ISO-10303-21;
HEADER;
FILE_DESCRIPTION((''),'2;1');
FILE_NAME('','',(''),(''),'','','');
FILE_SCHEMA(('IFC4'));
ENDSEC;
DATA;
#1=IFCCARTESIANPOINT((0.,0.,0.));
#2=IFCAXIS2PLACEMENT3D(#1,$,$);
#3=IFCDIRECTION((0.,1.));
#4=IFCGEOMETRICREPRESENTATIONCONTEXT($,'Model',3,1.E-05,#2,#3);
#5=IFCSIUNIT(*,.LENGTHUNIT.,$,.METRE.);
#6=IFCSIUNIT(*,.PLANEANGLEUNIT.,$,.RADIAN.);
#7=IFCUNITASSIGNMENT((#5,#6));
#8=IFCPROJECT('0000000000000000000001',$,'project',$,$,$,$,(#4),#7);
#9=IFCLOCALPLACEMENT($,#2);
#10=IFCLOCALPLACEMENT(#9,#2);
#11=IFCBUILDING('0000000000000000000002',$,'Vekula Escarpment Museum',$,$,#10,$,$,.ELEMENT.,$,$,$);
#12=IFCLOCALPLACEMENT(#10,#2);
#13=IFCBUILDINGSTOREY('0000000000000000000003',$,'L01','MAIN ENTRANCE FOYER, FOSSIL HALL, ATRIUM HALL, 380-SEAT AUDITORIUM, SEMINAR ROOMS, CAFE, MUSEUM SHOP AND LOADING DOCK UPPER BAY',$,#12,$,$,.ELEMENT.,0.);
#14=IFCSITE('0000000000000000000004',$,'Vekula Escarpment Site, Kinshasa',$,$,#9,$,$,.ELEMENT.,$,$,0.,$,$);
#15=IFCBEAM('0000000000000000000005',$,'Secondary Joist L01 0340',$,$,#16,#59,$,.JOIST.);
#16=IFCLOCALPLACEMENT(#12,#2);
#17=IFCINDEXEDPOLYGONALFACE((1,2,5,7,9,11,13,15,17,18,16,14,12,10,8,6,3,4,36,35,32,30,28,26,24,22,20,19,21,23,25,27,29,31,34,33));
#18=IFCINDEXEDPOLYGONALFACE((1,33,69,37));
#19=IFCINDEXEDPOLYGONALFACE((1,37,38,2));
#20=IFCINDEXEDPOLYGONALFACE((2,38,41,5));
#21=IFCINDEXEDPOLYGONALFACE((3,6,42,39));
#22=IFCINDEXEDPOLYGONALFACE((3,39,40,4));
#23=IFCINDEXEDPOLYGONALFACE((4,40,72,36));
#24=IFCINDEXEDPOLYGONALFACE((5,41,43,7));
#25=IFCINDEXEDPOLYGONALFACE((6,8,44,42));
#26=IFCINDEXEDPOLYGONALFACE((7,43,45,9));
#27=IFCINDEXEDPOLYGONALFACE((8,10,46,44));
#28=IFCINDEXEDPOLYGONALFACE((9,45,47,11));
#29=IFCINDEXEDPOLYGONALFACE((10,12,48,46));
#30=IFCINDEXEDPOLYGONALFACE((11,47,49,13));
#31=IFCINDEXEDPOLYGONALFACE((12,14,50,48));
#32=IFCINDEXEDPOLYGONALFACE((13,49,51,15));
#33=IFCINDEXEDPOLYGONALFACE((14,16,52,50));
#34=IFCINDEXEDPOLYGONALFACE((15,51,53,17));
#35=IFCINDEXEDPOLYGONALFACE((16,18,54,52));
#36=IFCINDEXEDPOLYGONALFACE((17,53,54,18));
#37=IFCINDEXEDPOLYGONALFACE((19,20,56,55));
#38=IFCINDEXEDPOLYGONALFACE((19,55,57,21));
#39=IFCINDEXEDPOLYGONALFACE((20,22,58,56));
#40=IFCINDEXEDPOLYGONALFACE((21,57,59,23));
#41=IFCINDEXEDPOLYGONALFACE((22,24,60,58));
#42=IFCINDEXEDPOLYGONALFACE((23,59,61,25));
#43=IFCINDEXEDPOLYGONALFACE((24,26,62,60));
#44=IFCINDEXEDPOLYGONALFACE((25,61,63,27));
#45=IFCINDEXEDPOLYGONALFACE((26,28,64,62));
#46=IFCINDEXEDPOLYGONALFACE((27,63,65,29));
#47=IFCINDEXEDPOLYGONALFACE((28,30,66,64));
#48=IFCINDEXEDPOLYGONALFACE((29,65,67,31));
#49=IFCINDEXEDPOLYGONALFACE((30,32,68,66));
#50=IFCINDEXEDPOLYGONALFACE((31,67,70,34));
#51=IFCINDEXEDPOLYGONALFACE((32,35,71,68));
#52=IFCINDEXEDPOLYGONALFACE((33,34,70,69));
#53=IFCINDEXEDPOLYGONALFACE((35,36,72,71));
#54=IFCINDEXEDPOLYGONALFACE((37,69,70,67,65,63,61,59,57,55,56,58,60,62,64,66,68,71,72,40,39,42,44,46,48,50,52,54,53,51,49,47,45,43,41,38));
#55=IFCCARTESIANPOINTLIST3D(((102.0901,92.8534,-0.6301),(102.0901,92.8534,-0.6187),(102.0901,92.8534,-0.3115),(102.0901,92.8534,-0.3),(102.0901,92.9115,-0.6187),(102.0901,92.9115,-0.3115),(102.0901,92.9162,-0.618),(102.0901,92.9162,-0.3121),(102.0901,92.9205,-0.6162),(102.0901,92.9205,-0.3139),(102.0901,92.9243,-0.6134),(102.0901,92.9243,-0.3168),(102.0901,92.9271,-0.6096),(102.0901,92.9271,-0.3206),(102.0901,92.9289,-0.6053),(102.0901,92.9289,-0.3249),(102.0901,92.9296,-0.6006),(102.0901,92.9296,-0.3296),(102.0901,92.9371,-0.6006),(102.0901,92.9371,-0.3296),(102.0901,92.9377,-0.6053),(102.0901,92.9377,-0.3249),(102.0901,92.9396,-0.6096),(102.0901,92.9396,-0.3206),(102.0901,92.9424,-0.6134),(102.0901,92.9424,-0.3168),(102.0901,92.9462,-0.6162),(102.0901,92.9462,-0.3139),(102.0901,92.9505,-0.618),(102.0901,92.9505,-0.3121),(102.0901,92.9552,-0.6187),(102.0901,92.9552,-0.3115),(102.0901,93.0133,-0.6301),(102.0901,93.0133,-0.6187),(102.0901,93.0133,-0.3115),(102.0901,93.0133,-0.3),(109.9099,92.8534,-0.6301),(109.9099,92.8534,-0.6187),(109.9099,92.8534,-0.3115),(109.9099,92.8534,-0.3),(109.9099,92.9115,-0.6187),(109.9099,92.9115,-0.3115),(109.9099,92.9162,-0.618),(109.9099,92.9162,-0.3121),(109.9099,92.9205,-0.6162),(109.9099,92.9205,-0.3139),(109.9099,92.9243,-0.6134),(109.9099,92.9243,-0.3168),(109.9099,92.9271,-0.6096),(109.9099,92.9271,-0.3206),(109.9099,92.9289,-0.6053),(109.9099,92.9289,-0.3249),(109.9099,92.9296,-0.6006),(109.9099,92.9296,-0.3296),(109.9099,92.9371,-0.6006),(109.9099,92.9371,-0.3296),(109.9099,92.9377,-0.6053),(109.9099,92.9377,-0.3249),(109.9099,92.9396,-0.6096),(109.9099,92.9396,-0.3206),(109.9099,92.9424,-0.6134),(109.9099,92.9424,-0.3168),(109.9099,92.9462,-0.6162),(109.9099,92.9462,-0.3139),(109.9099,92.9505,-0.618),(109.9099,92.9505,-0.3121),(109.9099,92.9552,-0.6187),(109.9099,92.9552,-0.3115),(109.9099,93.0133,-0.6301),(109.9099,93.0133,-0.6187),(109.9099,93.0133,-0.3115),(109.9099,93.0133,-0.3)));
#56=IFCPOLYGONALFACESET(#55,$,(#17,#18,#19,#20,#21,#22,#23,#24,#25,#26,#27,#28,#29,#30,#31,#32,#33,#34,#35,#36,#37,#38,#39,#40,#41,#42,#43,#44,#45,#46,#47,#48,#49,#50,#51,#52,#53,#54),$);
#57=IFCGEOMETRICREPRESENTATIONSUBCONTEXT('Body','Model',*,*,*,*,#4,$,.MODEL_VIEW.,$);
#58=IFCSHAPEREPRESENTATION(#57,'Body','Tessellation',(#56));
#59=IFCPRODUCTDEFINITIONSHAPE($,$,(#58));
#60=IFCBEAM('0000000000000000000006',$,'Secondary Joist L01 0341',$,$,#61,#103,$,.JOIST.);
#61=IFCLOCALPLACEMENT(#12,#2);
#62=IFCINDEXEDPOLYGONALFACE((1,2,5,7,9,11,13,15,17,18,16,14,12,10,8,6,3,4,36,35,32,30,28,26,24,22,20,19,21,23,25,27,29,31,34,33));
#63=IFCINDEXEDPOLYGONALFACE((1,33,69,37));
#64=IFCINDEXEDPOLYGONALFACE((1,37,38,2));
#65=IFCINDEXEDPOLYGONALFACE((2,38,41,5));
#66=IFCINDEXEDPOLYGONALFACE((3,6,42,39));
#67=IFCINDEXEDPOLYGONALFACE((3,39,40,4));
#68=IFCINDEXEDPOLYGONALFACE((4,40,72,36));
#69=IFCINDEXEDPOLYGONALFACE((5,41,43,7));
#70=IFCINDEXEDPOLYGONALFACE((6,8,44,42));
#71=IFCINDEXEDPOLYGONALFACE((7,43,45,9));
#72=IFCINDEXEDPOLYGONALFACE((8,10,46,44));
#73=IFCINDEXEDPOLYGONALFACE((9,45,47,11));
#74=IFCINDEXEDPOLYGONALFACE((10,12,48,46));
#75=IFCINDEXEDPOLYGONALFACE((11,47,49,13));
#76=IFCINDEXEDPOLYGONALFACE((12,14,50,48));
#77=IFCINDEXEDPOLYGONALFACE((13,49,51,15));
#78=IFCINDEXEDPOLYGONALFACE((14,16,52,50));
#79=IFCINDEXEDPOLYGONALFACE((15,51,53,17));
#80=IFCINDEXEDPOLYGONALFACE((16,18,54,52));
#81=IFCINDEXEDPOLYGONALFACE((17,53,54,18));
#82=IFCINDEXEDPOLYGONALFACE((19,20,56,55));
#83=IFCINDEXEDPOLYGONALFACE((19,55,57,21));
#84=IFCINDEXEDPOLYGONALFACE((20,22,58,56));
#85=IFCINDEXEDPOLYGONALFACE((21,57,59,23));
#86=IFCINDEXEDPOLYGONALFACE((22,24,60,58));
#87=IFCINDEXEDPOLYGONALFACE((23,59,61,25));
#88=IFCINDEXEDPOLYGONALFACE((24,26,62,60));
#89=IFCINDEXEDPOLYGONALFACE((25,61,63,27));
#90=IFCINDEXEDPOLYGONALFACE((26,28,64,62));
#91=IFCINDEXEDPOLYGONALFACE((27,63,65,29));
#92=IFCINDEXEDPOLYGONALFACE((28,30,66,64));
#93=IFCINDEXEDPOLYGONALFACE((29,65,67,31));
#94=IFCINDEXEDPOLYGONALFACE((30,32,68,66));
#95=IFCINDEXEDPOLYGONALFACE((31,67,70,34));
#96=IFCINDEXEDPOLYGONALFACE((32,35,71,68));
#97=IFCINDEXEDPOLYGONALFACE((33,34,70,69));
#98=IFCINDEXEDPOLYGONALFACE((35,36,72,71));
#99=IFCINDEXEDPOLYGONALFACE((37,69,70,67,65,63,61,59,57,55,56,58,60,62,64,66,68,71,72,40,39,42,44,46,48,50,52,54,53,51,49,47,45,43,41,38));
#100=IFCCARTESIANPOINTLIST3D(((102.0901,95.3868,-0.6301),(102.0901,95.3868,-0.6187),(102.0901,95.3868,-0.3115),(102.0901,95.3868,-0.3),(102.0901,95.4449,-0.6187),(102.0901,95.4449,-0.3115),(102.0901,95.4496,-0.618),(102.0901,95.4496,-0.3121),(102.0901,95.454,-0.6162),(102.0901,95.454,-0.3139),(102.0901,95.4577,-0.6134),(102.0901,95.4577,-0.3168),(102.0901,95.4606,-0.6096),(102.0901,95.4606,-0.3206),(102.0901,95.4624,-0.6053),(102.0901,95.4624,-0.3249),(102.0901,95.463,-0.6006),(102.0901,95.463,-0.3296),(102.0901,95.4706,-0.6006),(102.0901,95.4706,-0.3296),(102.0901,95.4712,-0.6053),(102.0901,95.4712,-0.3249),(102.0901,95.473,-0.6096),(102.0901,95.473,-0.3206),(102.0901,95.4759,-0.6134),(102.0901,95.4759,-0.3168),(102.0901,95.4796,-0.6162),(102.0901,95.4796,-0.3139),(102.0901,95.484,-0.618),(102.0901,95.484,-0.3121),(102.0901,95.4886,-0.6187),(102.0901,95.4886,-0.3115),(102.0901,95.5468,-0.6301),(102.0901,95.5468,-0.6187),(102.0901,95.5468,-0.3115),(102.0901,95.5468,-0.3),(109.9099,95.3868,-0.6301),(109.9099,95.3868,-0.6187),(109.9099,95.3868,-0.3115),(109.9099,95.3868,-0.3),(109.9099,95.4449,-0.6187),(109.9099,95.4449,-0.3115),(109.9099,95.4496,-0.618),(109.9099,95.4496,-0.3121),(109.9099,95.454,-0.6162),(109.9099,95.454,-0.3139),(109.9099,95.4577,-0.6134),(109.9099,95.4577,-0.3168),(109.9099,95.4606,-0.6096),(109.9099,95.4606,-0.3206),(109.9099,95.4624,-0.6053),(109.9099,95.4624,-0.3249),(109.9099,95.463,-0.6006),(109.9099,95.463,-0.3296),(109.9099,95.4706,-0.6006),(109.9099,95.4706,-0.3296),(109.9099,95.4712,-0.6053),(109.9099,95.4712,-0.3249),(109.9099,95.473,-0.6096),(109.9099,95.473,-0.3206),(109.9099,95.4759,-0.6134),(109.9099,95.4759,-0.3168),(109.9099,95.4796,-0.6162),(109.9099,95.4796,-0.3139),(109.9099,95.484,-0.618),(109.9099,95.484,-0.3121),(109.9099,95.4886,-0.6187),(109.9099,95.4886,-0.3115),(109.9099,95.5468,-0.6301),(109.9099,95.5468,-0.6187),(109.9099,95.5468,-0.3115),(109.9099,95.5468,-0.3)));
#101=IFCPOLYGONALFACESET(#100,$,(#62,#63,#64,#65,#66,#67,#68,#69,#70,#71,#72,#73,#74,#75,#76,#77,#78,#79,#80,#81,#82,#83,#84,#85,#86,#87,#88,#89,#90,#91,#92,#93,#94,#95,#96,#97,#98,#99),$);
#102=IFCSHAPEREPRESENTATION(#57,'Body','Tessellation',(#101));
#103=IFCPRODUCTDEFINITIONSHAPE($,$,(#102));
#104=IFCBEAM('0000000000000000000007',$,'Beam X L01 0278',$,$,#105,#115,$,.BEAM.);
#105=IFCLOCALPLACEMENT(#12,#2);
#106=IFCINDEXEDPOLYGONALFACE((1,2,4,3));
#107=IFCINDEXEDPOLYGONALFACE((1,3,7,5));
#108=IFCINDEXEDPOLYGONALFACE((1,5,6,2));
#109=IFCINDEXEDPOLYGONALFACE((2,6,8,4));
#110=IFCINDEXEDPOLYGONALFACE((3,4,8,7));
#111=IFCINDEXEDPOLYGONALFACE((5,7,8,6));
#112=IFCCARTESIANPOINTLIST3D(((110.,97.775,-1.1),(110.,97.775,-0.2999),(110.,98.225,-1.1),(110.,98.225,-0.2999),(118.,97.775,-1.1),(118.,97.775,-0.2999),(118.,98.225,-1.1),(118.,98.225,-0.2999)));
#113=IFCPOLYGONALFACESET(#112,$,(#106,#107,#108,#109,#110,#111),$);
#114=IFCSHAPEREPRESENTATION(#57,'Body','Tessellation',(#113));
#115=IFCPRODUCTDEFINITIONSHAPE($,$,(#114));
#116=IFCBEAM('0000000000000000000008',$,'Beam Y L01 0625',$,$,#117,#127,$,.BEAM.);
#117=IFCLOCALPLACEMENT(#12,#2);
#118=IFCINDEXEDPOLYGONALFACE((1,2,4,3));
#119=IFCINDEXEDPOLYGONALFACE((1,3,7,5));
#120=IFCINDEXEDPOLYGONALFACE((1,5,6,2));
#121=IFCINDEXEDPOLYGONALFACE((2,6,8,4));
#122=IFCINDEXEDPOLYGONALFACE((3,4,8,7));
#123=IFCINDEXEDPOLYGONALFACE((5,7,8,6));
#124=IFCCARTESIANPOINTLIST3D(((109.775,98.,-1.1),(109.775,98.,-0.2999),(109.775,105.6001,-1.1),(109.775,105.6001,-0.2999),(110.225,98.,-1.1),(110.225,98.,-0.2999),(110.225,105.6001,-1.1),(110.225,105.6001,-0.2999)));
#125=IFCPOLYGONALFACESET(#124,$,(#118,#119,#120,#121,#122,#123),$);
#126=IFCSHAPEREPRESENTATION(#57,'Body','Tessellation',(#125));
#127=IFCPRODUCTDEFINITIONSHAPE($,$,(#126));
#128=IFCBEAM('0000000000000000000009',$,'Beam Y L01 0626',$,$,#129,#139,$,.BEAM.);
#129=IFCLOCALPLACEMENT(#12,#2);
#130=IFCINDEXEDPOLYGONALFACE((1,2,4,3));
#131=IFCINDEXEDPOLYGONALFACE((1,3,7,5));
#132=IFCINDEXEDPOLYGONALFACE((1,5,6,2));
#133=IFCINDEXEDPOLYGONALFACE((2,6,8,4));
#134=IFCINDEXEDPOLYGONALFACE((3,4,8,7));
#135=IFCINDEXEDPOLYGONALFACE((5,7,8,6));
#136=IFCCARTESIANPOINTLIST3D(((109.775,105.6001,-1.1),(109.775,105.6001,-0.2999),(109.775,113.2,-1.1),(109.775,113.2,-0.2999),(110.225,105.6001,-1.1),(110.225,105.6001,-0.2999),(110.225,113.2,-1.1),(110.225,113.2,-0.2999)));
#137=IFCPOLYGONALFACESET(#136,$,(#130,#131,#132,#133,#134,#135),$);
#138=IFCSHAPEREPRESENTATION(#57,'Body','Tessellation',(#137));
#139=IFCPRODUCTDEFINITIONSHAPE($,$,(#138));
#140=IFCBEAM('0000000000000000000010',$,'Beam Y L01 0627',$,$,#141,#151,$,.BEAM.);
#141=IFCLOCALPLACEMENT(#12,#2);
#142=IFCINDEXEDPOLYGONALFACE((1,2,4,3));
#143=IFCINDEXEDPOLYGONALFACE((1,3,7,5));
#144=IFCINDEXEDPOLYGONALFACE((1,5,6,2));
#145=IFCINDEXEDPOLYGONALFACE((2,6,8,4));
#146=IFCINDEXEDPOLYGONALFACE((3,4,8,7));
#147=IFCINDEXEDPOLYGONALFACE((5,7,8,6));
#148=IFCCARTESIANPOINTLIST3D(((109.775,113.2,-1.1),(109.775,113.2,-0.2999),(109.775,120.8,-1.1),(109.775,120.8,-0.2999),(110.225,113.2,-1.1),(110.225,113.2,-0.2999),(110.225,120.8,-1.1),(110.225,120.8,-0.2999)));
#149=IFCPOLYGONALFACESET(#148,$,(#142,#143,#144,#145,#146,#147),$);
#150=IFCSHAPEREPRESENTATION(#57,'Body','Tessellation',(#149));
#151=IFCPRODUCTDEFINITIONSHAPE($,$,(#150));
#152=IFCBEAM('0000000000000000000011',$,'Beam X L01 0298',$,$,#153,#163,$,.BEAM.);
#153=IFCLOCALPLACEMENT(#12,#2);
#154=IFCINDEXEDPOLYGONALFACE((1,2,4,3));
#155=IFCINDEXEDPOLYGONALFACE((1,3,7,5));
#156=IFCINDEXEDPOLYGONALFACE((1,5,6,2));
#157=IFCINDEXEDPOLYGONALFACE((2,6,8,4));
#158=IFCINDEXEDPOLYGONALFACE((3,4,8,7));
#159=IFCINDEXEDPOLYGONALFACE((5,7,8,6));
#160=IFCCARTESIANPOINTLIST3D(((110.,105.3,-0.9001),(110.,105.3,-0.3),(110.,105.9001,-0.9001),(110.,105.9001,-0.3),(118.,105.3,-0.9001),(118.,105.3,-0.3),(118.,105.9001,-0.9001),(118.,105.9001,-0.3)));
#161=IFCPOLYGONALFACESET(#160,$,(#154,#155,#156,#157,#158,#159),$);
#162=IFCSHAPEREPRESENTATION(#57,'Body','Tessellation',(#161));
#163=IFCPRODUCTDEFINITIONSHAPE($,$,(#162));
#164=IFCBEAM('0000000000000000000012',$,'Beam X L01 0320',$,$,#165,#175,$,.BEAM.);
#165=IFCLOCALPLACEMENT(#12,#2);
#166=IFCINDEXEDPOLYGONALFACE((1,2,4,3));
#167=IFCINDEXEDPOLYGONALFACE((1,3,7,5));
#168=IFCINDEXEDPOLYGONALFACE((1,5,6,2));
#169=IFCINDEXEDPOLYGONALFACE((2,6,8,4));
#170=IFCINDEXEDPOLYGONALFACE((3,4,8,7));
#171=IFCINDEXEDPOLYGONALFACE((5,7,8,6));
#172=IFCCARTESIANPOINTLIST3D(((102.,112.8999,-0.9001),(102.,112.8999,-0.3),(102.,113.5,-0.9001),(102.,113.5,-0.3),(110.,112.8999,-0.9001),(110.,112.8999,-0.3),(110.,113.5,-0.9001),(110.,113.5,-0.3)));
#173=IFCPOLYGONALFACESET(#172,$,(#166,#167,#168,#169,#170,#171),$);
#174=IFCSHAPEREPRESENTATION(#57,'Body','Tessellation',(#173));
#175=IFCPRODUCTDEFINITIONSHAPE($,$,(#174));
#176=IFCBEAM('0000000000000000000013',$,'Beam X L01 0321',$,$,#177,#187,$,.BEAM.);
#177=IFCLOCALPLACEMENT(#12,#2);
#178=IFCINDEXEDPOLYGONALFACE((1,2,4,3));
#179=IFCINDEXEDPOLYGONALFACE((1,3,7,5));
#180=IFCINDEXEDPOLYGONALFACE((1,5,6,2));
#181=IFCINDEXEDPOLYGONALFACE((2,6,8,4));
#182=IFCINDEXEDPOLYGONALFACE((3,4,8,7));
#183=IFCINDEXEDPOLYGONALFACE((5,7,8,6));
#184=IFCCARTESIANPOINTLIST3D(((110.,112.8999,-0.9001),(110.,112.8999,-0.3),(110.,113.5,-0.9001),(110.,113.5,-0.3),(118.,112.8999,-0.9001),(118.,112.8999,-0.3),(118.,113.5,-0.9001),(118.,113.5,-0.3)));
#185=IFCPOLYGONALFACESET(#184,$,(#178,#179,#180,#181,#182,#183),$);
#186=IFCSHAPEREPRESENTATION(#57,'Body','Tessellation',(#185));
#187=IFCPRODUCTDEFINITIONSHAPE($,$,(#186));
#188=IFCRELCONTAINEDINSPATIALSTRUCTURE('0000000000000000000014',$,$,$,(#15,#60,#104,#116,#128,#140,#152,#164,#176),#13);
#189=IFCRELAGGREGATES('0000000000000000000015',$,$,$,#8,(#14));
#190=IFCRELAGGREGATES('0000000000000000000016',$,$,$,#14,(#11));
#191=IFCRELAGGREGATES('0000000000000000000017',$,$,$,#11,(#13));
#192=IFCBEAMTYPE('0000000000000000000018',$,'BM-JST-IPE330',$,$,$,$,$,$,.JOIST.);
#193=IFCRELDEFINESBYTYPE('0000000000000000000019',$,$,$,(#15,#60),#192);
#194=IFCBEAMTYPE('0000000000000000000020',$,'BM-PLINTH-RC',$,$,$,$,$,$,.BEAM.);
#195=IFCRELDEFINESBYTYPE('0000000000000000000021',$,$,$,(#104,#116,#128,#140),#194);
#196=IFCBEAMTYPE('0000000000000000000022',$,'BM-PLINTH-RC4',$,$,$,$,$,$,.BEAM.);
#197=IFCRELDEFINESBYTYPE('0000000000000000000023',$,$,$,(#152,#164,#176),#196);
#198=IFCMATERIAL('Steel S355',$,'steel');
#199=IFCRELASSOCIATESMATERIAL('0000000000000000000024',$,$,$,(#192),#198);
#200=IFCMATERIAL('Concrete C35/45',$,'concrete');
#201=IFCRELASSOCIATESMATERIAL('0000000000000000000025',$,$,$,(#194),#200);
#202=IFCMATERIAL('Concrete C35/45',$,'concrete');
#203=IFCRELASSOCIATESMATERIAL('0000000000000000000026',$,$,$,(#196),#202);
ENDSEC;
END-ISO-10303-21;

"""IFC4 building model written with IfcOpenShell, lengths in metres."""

from ifc_helpers import new_model, si_unit, direction, frame, origin, origin_2d, place, context, subcontext, project, spatial, rectangle, i_section, extrude, material, material_profile, profile_set, type_object, element, save


model = new_model("IFC4")

# Units and contexts
model_context = context("Model", 3, precision=1e-05, world=origin(), true_north=direction((0.0, 1.0)))
body_context = subcontext(model_context, "Body", "Model", "MODEL_VIEW")
ifc_project = project(units=[si_unit("LENGTHUNIT", "METRE"), si_unit("PLANEANGLEUNIT", "RADIAN")], contexts=[model_context])

# Site, building, storey
site_placement = place(None, origin())
site = spatial("IfcSite", under=ifc_project, at=site_placement, Name="Vekula Escarpment Site, Kinshasa", CompositionType="ELEMENT", RefElevation=0.0)
building_placement = place(site_placement, origin())
building = spatial("IfcBuilding", under=site, at=building_placement, Name="Vekula Escarpment Museum", CompositionType="ELEMENT")
storey_placement = place(building_placement, origin())
storey = spatial("IfcBuildingStorey", under=building, at=storey_placement, Name="L01", Description="MAIN ENTRANCE FOYER, FOSSIL HALL, ATRIUM HALL, 380-SEAT AUDITORIUM, SEMINAR ROOMS, CAFE, MUSEUM SHOP AND LOADING DOCK UPPER BAY", CompositionType="ELEMENT", Elevation=0.0)

# Beams
ifc_material_1 = material(Name="Steel S355", Category="steel")
ifc_material_profile_1 = material_profile(ifc_material_1, i_section(OverallWidth=0.1599, OverallDepth=0.3301, WebThickness=0.0076, FlangeThickness=0.0115, FilletRadius=0.0181, at=origin_2d()), Name="IPE 330")
ifc_profile_set_1 = profile_set([ifc_material_profile_1], Name="Steel S355")
beam_type_1 = type_object("IfcBeamType", Name="BM-JST-IPE330", PredefinedType="JOIST", material=ifc_profile_set_1)
for number, where, z_axis, x_axis, name in (
    (1, (102.0901, 92.9333, -0.4651), (1.0, 0.0, 0.0), (0.0, 1.0, 0.0), "Secondary Joist L01 0340"),
    (2, (102.0901, 95.4668, -0.4651), (1.0, 0.0, 0.0), (0.0, 1.0, 0.0), "Secondary Joist L01 0341"),
):
    element("IfcBeam", number, at=place(storey_placement, frame(where, z_axis=z_axis, x_axis=x_axis)), inside=storey, type_object=beam_type_1, Name=name, PredefinedType="JOIST", context=body_context, shape_type="SweptSolid", body=[
        extrude(i_section(OverallWidth=0.1599, OverallDepth=0.3301, WebThickness=0.0076, FlangeThickness=0.0115, FilletRadius=0.0181, at=origin_2d()), origin(), (0.0, 0.0, 1.0), 7.8198),
    ])
ifc_material_2 = material(Name="Concrete C35/45", Category="concrete")
ifc_material_profile_2 = material_profile(ifc_material_2, rectangle(XDim=0.45, YDim=0.8, at=origin_2d()), Name="RC 450x800")
ifc_profile_set_2 = profile_set([ifc_material_profile_2], Name="Concrete C35/45")
beam_type_2 = type_object("IfcBeamType", Name="BM-PLINTH-RC", PredefinedType="BEAM", material=ifc_profile_set_2)
beam_1_placement = place(storey_placement, frame((110.0, 98.0, -0.7), z_axis=(1.0, 0.0, 0.0), x_axis=(0.0, 1.0, 0.0)))
element("IfcBeam", 3, at=beam_1_placement, inside=storey, type_object=beam_type_2, Name="Beam X L01 0278", PredefinedType="BEAM", context=body_context, shape_type="SweptSolid", body=[
    extrude(rectangle(XDim=0.45, YDim=0.8, at=origin_2d()), origin(), (0.0, 0.0, 1.0), 8.0),
])
beam_2_placement = place(storey_placement, frame((110.0, 98.0, -0.7), z_axis=(0.0, 1.0, 0.0), x_axis=(-1.0, 0.0, 0.0)))
element("IfcBeam", 4, at=beam_2_placement, inside=storey, type_object=beam_type_2, Name="Beam Y L01 0625", PredefinedType="BEAM", context=body_context, shape_type="SweptSolid", body=[
    extrude(rectangle(XDim=0.45, YDim=0.8, at=origin_2d()), origin(), (0.0, 0.0, 1.0), 7.6001),
])
beam_3_placement = place(storey_placement, frame((110.0, 105.6001, -0.7), z_axis=(0.0, 1.0, 0.0), x_axis=(-1.0, 0.0, 0.0)))
element("IfcBeam", 5, at=beam_3_placement, inside=storey, type_object=beam_type_2, Name="Beam Y L01 0626", PredefinedType="BEAM", context=body_context, shape_type="SweptSolid", body=[
    extrude(rectangle(XDim=0.45, YDim=0.8, at=origin_2d()), origin(), (0.0, 0.0, 1.0), 7.5999),
])
beam_4_placement = place(storey_placement, frame((110.0, 113.2, -0.7), z_axis=(0.0, 1.0, 0.0), x_axis=(-1.0, 0.0, 0.0)))
element("IfcBeam", 6, at=beam_4_placement, inside=storey, type_object=beam_type_2, Name="Beam Y L01 0627", PredefinedType="BEAM", context=body_context, shape_type="SweptSolid", body=[
    extrude(rectangle(XDim=0.45, YDim=0.8, at=origin_2d()), origin(), (0.0, 0.0, 1.0), 7.6001),
])
ifc_material_3 = material(Name="Concrete C35/45", Category="concrete")
ifc_material_profile_3 = material_profile(ifc_material_3, rectangle(XDim=0.6001, YDim=0.6001, at=origin_2d()), Name="RC 600x600")
ifc_profile_set_3 = profile_set([ifc_material_profile_3], Name="Concrete C35/45")
beam_type_3 = type_object("IfcBeamType", Name="BM-PLINTH-RC4", PredefinedType="BEAM", material=ifc_profile_set_3)
for number, where, z_axis, x_axis, name in (
    (7, (110.0, 105.6001, -0.6001), (1.0, 0.0, 0.0), (0.0, 1.0, 0.0), "Beam X L01 0298"),
    (8, (102.0, 113.2, -0.6001), (1.0, 0.0, 0.0), (0.0, 1.0, 0.0), "Beam X L01 0320"),
    (9, (110.0, 113.2, -0.6001), (1.0, 0.0, 0.0), (0.0, 1.0, 0.0), "Beam X L01 0321"),
):
    element("IfcBeam", number, at=place(storey_placement, frame(where, z_axis=z_axis, x_axis=x_axis)), inside=storey, type_object=beam_type_3, Name=name, PredefinedType="BEAM", context=body_context, shape_type="SweptSolid", body=[
        extrude(rectangle(XDim=0.6001, YDim=0.6001, at=origin_2d()), origin(), (0.0, 0.0, 1.0), 8.0),
    ])

save(model, "model.ifc")
